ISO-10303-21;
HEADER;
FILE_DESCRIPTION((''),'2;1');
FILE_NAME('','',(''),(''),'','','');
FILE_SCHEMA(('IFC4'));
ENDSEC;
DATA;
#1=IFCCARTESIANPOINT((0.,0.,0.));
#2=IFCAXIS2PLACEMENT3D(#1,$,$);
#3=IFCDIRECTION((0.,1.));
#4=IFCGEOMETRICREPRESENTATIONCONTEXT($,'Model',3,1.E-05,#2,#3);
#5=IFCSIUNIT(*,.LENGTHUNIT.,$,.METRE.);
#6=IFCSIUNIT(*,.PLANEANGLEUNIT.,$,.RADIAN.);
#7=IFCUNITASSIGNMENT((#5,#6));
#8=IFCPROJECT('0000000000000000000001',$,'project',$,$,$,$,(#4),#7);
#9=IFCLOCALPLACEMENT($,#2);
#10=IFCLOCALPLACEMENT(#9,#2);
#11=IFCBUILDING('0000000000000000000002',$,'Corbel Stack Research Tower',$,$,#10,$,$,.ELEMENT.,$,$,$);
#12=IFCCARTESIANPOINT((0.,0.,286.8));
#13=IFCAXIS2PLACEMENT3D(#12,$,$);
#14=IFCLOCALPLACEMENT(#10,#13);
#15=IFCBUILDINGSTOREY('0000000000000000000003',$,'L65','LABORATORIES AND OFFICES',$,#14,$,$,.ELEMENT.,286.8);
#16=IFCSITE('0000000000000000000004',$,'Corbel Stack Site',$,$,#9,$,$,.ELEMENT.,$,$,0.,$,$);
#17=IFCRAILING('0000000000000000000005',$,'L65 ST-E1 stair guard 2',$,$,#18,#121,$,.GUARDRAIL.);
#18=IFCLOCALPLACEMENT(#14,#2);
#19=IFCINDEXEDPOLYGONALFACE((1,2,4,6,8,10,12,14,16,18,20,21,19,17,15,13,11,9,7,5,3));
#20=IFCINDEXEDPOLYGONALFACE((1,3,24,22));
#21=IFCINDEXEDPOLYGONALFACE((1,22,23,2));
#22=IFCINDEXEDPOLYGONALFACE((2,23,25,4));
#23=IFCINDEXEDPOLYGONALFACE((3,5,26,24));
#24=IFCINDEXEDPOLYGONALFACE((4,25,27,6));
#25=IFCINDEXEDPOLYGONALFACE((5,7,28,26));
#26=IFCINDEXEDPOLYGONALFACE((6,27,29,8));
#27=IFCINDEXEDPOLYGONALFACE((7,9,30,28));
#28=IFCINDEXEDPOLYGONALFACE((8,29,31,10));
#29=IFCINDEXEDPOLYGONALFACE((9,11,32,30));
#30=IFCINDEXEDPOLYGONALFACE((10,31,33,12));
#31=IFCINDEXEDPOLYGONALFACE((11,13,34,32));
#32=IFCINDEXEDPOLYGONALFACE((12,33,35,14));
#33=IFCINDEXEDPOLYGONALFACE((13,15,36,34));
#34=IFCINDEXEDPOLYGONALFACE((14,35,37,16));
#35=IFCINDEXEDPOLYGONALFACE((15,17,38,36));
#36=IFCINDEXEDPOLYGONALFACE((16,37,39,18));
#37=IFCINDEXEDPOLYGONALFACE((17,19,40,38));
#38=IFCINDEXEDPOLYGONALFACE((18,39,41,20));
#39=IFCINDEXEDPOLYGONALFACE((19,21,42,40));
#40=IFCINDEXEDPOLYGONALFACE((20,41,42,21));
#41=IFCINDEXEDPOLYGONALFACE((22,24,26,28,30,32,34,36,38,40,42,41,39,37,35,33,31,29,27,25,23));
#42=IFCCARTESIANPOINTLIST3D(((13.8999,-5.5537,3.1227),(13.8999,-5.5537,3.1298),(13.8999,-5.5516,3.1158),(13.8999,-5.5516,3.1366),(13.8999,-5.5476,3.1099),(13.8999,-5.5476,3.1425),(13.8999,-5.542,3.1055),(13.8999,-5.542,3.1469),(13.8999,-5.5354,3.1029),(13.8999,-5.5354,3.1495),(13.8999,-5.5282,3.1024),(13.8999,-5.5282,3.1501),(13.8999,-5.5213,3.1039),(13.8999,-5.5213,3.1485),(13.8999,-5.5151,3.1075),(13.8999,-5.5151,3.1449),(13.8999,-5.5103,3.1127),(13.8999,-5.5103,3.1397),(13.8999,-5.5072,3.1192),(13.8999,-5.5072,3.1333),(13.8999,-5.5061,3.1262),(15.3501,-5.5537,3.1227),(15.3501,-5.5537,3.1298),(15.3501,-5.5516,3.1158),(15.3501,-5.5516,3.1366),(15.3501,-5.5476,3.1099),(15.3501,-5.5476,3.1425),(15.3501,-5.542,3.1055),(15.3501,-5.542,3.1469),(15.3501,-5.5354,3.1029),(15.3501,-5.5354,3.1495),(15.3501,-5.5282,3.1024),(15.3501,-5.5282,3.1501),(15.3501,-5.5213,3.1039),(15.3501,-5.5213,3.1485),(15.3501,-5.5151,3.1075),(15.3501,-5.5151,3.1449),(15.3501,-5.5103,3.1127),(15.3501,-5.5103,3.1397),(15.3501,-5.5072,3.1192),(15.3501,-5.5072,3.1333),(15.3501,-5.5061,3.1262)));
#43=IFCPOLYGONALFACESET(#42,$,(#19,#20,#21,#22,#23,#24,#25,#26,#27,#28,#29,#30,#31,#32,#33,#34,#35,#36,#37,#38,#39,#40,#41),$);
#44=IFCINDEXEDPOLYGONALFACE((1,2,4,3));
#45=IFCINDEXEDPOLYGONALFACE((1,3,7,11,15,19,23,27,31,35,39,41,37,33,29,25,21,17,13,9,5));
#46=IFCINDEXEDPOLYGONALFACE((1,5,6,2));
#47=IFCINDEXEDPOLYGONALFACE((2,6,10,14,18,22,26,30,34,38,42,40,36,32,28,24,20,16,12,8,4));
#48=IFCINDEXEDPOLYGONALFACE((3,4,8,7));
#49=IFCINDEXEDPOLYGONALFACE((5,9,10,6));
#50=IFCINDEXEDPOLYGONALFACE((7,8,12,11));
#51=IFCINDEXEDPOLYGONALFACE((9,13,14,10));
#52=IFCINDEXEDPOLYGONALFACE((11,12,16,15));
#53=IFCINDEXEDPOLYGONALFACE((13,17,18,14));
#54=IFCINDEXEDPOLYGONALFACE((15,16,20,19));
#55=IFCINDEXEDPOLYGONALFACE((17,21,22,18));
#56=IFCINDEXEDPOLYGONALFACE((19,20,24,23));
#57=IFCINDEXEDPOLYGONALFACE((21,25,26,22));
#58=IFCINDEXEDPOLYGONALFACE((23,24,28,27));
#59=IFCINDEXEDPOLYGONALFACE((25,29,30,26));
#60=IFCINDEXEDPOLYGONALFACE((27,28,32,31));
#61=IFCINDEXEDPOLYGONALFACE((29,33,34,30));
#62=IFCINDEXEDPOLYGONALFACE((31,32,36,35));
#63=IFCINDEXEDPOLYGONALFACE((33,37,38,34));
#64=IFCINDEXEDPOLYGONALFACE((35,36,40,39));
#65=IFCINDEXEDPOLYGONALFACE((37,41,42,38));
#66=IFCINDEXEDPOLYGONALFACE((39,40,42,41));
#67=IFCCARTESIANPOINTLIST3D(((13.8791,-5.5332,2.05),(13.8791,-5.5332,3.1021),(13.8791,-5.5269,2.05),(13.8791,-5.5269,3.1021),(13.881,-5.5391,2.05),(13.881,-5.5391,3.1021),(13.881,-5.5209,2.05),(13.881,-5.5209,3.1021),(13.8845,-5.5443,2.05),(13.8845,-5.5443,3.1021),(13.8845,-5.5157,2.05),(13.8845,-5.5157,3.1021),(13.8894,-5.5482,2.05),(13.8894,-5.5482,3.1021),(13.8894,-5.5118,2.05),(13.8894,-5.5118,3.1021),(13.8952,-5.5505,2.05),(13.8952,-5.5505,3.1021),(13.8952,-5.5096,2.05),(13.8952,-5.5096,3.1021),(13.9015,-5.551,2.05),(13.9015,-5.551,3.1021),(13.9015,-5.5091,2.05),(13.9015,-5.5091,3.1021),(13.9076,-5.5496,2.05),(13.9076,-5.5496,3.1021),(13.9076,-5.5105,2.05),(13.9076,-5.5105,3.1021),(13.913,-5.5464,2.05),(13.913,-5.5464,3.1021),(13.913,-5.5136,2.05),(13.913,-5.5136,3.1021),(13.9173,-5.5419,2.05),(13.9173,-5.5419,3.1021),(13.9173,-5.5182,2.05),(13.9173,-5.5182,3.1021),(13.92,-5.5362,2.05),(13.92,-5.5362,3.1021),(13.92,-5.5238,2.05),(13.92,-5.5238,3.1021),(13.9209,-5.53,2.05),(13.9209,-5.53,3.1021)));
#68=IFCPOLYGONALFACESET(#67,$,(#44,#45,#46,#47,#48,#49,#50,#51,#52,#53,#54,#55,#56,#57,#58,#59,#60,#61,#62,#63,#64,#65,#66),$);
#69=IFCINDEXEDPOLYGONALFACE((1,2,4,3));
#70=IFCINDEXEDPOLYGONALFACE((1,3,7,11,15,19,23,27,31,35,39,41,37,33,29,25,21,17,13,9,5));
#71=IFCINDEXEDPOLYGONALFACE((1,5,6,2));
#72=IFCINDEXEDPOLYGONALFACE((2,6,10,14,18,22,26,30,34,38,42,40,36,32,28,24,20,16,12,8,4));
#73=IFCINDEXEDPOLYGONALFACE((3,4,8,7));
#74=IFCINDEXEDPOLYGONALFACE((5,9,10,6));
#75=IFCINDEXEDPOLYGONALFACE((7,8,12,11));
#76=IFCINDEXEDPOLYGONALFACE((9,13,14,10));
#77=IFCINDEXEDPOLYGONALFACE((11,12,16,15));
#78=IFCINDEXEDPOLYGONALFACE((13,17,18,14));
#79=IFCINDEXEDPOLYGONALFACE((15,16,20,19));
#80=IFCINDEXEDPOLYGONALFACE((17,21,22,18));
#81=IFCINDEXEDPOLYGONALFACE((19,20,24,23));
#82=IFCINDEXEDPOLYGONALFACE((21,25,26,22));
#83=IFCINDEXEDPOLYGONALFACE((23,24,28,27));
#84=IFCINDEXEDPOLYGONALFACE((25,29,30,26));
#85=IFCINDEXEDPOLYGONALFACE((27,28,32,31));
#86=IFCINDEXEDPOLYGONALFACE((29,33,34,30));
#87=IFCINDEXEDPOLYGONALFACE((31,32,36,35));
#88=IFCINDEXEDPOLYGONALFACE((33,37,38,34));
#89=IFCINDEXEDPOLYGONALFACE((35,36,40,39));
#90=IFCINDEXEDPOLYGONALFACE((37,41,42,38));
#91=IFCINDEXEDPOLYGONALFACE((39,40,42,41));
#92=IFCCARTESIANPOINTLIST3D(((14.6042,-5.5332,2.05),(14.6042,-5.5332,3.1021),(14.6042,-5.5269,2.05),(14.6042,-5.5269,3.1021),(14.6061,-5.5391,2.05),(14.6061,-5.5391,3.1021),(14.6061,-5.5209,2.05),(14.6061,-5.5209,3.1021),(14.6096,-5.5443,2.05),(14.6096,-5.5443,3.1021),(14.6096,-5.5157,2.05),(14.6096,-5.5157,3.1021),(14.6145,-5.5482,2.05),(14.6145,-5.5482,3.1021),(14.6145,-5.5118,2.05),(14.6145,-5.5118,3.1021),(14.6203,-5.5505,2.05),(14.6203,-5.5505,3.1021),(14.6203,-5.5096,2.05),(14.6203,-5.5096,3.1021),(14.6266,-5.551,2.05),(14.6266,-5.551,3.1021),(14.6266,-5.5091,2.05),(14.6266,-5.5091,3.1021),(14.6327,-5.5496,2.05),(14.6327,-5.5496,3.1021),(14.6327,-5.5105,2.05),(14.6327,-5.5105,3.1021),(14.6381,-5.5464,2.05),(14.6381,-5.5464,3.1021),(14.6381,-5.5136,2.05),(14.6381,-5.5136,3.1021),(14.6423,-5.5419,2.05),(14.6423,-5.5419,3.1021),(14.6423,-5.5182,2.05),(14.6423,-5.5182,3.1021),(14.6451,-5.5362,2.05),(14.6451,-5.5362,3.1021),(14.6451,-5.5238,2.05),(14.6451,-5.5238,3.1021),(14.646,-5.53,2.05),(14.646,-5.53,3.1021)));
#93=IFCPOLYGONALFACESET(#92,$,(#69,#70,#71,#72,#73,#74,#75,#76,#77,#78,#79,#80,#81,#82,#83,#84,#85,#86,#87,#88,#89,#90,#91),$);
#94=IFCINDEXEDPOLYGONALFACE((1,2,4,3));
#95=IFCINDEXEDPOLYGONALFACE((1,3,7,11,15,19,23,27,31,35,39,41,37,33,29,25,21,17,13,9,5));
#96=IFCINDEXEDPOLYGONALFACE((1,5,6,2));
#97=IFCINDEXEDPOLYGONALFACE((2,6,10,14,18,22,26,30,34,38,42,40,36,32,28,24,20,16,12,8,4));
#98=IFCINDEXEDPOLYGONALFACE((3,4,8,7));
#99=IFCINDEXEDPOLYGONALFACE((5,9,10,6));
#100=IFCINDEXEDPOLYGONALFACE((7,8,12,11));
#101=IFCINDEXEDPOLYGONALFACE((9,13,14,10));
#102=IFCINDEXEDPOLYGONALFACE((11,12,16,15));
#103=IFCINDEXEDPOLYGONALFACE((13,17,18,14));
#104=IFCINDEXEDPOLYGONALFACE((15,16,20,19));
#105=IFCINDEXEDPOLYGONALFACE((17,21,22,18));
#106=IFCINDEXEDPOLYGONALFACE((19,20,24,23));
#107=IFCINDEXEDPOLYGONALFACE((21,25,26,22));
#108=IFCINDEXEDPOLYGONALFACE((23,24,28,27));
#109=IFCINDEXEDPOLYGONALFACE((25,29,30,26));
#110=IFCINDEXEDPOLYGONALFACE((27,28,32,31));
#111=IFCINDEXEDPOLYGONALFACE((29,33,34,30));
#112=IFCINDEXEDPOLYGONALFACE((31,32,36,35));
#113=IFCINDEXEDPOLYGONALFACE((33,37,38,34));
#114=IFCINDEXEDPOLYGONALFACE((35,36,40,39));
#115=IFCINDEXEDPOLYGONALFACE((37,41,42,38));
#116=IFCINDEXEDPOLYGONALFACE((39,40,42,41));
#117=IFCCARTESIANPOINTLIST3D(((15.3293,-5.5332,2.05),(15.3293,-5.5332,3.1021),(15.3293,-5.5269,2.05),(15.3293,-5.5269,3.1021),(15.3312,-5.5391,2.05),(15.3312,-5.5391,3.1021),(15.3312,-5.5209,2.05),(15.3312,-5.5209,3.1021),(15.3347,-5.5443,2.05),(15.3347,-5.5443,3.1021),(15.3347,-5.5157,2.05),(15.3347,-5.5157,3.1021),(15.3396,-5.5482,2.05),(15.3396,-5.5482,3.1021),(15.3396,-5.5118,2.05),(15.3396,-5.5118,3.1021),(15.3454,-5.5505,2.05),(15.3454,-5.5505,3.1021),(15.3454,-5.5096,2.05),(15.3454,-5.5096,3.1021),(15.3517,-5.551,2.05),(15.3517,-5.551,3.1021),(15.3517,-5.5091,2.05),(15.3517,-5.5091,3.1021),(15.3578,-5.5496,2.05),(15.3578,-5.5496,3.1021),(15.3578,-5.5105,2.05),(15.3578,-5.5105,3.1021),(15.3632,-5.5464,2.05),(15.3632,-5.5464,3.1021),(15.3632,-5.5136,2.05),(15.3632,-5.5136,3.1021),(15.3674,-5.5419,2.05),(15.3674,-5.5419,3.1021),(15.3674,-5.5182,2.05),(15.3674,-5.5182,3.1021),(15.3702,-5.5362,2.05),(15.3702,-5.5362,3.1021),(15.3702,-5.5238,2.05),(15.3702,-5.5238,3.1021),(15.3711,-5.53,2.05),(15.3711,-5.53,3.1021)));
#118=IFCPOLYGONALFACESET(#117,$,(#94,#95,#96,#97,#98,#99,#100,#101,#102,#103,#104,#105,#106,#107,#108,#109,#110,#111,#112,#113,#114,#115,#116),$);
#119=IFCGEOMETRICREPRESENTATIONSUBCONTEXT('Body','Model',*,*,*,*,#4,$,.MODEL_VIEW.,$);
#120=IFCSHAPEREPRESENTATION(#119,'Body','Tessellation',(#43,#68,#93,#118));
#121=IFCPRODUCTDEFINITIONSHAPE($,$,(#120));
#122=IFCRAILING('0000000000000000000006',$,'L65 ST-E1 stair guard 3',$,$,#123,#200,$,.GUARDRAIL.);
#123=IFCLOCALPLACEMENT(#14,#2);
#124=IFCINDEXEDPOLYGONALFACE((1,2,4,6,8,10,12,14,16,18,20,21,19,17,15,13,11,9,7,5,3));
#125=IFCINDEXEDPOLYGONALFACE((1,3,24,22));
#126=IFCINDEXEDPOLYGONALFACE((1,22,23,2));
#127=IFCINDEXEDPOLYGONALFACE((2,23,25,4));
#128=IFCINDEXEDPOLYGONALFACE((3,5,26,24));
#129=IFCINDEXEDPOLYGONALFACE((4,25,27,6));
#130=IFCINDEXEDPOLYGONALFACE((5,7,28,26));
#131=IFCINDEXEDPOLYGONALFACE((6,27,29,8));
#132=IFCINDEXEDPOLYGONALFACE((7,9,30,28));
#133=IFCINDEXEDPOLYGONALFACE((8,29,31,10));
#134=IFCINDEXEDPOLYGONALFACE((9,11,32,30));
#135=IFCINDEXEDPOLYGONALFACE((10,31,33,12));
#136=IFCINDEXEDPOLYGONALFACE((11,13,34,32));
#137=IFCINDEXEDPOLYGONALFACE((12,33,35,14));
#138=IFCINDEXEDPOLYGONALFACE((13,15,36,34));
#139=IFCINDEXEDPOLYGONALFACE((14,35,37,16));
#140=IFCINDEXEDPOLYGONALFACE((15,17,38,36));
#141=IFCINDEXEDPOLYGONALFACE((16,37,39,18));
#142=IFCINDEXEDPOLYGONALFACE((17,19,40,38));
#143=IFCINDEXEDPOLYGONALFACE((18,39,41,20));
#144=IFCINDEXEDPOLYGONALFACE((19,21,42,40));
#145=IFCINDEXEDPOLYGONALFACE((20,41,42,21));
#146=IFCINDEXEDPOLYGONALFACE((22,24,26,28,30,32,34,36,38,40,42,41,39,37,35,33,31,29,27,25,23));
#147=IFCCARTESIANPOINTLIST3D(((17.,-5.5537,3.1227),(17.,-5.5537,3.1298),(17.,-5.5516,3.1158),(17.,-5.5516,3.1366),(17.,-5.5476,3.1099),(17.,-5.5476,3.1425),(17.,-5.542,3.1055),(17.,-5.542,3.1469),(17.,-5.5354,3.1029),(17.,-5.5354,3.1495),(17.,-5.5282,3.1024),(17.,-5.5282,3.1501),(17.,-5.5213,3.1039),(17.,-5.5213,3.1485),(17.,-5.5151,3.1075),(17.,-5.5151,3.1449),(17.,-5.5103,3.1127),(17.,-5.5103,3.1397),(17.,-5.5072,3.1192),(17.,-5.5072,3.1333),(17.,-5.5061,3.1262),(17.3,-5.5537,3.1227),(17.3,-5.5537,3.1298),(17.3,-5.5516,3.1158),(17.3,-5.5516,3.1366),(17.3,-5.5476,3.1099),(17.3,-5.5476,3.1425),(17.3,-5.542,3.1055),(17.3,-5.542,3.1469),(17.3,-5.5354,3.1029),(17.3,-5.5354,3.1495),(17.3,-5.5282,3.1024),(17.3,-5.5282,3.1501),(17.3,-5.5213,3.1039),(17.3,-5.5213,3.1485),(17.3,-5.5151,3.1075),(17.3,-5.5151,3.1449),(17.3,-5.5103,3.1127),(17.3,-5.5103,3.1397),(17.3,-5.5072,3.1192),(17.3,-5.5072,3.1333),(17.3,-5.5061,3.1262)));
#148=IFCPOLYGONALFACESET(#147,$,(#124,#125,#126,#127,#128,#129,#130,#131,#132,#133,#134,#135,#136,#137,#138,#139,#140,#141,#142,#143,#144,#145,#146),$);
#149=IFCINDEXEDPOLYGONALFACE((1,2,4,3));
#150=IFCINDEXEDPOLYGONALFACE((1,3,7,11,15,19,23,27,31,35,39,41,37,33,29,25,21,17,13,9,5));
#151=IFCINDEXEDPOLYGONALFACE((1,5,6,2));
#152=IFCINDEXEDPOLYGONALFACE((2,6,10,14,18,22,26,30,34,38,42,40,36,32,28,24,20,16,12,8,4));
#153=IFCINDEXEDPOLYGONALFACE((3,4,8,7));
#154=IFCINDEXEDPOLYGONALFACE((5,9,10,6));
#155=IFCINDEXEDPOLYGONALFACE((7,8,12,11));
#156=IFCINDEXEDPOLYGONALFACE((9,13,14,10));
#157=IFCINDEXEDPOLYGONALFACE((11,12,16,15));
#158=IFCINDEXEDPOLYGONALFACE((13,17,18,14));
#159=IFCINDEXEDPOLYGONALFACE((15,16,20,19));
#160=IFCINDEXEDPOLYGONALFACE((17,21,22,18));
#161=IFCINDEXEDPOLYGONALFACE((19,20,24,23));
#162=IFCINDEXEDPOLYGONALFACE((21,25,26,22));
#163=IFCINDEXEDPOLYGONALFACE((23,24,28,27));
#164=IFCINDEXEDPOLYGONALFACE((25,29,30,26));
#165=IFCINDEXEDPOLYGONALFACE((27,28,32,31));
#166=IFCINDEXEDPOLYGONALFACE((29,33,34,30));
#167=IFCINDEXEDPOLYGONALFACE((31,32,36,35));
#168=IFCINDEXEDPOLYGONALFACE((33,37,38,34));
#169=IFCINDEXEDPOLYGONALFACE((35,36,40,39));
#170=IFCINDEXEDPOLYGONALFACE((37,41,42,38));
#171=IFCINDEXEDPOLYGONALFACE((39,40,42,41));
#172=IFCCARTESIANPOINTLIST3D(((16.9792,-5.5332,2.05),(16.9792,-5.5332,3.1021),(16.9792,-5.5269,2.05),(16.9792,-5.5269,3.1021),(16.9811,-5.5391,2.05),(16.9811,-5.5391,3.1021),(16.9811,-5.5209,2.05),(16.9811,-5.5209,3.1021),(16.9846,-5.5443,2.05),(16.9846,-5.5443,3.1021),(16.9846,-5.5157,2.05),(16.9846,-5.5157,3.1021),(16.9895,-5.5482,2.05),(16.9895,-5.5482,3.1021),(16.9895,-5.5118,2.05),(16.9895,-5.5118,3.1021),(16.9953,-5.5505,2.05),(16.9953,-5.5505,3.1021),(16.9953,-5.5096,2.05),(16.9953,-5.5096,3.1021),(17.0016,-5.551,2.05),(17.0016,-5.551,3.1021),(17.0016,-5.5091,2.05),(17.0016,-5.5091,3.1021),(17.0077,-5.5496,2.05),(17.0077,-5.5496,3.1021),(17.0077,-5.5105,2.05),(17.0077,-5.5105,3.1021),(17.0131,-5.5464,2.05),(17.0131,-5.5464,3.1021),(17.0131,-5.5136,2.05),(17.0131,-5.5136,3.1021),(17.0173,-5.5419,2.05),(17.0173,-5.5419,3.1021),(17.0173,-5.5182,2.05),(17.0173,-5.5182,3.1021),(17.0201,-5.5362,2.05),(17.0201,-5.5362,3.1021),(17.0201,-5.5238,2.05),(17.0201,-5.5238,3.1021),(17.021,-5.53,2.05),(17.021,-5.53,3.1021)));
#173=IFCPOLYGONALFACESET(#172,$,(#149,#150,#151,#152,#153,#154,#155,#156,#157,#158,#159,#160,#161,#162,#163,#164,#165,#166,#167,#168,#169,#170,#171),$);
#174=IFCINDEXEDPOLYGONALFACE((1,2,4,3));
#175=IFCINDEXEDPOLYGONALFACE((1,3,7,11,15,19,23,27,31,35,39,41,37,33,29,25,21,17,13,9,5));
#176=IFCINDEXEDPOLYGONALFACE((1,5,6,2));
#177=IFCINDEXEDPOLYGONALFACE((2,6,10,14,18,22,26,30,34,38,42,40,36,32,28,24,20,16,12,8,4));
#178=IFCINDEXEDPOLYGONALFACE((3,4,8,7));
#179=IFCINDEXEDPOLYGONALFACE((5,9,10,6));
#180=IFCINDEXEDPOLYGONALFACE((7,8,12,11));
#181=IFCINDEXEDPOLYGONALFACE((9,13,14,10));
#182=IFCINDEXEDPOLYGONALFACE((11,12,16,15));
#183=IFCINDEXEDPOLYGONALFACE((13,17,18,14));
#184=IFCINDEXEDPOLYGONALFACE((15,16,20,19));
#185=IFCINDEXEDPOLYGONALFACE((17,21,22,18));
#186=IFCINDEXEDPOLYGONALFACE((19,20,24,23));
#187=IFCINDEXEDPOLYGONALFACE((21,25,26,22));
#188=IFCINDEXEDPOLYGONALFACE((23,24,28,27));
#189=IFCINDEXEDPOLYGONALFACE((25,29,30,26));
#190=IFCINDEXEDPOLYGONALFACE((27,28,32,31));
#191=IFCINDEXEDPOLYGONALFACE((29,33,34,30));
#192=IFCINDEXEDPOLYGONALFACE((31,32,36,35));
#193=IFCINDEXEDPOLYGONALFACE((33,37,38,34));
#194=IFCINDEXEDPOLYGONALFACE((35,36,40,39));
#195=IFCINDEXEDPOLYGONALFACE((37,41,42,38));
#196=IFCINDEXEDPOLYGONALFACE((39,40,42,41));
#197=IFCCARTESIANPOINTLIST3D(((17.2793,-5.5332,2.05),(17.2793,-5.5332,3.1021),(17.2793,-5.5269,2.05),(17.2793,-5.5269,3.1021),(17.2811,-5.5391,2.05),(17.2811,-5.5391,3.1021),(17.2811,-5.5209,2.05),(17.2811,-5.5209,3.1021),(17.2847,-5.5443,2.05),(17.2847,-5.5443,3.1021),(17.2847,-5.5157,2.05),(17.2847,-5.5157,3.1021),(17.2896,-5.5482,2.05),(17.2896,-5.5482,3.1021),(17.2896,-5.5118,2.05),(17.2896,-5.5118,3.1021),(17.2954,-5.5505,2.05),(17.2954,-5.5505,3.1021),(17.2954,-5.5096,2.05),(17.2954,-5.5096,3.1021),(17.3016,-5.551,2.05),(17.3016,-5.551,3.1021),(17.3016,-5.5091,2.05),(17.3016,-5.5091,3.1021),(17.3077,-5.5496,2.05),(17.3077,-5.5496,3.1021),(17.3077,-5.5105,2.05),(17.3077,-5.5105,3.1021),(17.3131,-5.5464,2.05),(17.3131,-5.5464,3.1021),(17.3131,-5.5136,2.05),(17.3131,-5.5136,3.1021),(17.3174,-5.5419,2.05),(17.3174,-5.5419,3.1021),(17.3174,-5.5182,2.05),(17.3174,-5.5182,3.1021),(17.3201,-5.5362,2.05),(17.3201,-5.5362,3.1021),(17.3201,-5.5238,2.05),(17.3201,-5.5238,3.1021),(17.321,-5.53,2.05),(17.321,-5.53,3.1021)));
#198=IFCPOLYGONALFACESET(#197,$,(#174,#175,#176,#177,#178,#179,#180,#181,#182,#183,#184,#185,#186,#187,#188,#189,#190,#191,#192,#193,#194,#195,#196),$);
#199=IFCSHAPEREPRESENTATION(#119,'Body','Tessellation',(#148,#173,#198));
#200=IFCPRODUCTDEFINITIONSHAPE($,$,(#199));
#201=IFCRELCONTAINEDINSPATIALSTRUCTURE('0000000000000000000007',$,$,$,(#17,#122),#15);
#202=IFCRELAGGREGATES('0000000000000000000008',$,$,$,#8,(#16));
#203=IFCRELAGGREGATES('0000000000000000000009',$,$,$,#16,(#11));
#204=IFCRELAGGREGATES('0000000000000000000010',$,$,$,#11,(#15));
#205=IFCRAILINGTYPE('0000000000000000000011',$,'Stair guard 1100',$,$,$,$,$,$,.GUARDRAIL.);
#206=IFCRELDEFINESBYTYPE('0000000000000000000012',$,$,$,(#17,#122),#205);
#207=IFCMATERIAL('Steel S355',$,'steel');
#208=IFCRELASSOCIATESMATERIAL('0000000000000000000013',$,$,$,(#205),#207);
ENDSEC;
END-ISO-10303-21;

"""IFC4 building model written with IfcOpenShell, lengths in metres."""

from ifc_helpers import new_model, si_unit, direction, frame, origin, origin_2d, place, context, subcontext, project, spatial, circle, extrude, material, type_object, element, save


model = new_model("IFC4")

# Units and contexts
model_context = context("Model", 3, precision=1e-05, world=origin(), true_north=direction((0.0, 1.0)))
body_context = subcontext(model_context, "Body", "Model", "MODEL_VIEW")
ifc_project = project(units=[si_unit("LENGTHUNIT", "METRE"), si_unit("PLANEANGLEUNIT", "RADIAN")], contexts=[model_context])

# Site, building, storey
site_placement = place(None, origin())
site = spatial("IfcSite", under=ifc_project, at=site_placement, Name="Corbel Stack Site", CompositionType="ELEMENT", RefElevation=0.0)
building_placement = place(site_placement, origin())
building = spatial("IfcBuilding", under=site, at=building_placement, Name="Corbel Stack Research Tower", CompositionType="ELEMENT")
storey_placement = place(building_placement, frame((0.0, 0.0, 286.8)))
storey = spatial("IfcBuildingStorey", under=building, at=storey_placement, Name="L65", Description="LABORATORIES AND OFFICES", CompositionType="ELEMENT", Elevation=286.8)

# Railings
ifc_material_1 = material(Name="Steel S355", Category="steel")
railing_type_1 = type_object("IfcRailingType", Name="Stair guard 1100", PredefinedType="GUARDRAIL", material=ifc_material_1)
railing_1_placement = place(storey_placement, frame((13.8999, -5.53, 2.05)))
element("IfcRailing", 1, at=railing_1_placement, inside=storey, type_object=railing_type_1, Name="L65 ST-E1 stair guard 2", PredefinedType="GUARDRAIL", context=body_context, shape_type="SweptSolid", body=[
    extrude(circle(Radius=0.0239, at=origin_2d()), frame((0.0, 0.0, 1.0762), z_axis=(1.0, 0.0, 0.0), x_axis=(0.0, 1.0, 0.0)), (0.0, 0.0, 1.0), 1.4502),
    extrude(circle(Radius=0.021, at=origin_2d()), origin(), (0.0, 0.0, 1.0), 1.052),
    extrude(circle(Radius=0.021, at=origin_2d()), frame((0.7251, 0.0, 0.0)), (0.0, 0.0, 1.0), 1.052),
    extrude(circle(Radius=0.021, at=origin_2d()), frame((1.4502, 0.0, 0.0)), (0.0, 0.0, 1.0), 1.052),
])
railing_2_placement = place(storey_placement, frame((17.0, -5.53, 2.05)))
element("IfcRailing", 2, at=railing_2_placement, inside=storey, type_object=railing_type_1, Name="L65 ST-E1 stair guard 3", PredefinedType="GUARDRAIL", context=body_context, shape_type="SweptSolid", body=[
    extrude(circle(Radius=0.0239, at=origin_2d()), frame((0.0, 0.0, 1.0762), z_axis=(1.0, 0.0, 0.0), x_axis=(0.0, 1.0, 0.0)), (0.0, 0.0, 1.0), 0.3),
    extrude(circle(Radius=0.021, at=origin_2d()), origin(), (0.0, 0.0, 1.0), 1.052),
    extrude(circle(Radius=0.021, at=origin_2d()), frame((0.3, 0.0, 0.0)), (0.0, 0.0, 1.0), 1.052),
])

save(model, "model.ifc")
